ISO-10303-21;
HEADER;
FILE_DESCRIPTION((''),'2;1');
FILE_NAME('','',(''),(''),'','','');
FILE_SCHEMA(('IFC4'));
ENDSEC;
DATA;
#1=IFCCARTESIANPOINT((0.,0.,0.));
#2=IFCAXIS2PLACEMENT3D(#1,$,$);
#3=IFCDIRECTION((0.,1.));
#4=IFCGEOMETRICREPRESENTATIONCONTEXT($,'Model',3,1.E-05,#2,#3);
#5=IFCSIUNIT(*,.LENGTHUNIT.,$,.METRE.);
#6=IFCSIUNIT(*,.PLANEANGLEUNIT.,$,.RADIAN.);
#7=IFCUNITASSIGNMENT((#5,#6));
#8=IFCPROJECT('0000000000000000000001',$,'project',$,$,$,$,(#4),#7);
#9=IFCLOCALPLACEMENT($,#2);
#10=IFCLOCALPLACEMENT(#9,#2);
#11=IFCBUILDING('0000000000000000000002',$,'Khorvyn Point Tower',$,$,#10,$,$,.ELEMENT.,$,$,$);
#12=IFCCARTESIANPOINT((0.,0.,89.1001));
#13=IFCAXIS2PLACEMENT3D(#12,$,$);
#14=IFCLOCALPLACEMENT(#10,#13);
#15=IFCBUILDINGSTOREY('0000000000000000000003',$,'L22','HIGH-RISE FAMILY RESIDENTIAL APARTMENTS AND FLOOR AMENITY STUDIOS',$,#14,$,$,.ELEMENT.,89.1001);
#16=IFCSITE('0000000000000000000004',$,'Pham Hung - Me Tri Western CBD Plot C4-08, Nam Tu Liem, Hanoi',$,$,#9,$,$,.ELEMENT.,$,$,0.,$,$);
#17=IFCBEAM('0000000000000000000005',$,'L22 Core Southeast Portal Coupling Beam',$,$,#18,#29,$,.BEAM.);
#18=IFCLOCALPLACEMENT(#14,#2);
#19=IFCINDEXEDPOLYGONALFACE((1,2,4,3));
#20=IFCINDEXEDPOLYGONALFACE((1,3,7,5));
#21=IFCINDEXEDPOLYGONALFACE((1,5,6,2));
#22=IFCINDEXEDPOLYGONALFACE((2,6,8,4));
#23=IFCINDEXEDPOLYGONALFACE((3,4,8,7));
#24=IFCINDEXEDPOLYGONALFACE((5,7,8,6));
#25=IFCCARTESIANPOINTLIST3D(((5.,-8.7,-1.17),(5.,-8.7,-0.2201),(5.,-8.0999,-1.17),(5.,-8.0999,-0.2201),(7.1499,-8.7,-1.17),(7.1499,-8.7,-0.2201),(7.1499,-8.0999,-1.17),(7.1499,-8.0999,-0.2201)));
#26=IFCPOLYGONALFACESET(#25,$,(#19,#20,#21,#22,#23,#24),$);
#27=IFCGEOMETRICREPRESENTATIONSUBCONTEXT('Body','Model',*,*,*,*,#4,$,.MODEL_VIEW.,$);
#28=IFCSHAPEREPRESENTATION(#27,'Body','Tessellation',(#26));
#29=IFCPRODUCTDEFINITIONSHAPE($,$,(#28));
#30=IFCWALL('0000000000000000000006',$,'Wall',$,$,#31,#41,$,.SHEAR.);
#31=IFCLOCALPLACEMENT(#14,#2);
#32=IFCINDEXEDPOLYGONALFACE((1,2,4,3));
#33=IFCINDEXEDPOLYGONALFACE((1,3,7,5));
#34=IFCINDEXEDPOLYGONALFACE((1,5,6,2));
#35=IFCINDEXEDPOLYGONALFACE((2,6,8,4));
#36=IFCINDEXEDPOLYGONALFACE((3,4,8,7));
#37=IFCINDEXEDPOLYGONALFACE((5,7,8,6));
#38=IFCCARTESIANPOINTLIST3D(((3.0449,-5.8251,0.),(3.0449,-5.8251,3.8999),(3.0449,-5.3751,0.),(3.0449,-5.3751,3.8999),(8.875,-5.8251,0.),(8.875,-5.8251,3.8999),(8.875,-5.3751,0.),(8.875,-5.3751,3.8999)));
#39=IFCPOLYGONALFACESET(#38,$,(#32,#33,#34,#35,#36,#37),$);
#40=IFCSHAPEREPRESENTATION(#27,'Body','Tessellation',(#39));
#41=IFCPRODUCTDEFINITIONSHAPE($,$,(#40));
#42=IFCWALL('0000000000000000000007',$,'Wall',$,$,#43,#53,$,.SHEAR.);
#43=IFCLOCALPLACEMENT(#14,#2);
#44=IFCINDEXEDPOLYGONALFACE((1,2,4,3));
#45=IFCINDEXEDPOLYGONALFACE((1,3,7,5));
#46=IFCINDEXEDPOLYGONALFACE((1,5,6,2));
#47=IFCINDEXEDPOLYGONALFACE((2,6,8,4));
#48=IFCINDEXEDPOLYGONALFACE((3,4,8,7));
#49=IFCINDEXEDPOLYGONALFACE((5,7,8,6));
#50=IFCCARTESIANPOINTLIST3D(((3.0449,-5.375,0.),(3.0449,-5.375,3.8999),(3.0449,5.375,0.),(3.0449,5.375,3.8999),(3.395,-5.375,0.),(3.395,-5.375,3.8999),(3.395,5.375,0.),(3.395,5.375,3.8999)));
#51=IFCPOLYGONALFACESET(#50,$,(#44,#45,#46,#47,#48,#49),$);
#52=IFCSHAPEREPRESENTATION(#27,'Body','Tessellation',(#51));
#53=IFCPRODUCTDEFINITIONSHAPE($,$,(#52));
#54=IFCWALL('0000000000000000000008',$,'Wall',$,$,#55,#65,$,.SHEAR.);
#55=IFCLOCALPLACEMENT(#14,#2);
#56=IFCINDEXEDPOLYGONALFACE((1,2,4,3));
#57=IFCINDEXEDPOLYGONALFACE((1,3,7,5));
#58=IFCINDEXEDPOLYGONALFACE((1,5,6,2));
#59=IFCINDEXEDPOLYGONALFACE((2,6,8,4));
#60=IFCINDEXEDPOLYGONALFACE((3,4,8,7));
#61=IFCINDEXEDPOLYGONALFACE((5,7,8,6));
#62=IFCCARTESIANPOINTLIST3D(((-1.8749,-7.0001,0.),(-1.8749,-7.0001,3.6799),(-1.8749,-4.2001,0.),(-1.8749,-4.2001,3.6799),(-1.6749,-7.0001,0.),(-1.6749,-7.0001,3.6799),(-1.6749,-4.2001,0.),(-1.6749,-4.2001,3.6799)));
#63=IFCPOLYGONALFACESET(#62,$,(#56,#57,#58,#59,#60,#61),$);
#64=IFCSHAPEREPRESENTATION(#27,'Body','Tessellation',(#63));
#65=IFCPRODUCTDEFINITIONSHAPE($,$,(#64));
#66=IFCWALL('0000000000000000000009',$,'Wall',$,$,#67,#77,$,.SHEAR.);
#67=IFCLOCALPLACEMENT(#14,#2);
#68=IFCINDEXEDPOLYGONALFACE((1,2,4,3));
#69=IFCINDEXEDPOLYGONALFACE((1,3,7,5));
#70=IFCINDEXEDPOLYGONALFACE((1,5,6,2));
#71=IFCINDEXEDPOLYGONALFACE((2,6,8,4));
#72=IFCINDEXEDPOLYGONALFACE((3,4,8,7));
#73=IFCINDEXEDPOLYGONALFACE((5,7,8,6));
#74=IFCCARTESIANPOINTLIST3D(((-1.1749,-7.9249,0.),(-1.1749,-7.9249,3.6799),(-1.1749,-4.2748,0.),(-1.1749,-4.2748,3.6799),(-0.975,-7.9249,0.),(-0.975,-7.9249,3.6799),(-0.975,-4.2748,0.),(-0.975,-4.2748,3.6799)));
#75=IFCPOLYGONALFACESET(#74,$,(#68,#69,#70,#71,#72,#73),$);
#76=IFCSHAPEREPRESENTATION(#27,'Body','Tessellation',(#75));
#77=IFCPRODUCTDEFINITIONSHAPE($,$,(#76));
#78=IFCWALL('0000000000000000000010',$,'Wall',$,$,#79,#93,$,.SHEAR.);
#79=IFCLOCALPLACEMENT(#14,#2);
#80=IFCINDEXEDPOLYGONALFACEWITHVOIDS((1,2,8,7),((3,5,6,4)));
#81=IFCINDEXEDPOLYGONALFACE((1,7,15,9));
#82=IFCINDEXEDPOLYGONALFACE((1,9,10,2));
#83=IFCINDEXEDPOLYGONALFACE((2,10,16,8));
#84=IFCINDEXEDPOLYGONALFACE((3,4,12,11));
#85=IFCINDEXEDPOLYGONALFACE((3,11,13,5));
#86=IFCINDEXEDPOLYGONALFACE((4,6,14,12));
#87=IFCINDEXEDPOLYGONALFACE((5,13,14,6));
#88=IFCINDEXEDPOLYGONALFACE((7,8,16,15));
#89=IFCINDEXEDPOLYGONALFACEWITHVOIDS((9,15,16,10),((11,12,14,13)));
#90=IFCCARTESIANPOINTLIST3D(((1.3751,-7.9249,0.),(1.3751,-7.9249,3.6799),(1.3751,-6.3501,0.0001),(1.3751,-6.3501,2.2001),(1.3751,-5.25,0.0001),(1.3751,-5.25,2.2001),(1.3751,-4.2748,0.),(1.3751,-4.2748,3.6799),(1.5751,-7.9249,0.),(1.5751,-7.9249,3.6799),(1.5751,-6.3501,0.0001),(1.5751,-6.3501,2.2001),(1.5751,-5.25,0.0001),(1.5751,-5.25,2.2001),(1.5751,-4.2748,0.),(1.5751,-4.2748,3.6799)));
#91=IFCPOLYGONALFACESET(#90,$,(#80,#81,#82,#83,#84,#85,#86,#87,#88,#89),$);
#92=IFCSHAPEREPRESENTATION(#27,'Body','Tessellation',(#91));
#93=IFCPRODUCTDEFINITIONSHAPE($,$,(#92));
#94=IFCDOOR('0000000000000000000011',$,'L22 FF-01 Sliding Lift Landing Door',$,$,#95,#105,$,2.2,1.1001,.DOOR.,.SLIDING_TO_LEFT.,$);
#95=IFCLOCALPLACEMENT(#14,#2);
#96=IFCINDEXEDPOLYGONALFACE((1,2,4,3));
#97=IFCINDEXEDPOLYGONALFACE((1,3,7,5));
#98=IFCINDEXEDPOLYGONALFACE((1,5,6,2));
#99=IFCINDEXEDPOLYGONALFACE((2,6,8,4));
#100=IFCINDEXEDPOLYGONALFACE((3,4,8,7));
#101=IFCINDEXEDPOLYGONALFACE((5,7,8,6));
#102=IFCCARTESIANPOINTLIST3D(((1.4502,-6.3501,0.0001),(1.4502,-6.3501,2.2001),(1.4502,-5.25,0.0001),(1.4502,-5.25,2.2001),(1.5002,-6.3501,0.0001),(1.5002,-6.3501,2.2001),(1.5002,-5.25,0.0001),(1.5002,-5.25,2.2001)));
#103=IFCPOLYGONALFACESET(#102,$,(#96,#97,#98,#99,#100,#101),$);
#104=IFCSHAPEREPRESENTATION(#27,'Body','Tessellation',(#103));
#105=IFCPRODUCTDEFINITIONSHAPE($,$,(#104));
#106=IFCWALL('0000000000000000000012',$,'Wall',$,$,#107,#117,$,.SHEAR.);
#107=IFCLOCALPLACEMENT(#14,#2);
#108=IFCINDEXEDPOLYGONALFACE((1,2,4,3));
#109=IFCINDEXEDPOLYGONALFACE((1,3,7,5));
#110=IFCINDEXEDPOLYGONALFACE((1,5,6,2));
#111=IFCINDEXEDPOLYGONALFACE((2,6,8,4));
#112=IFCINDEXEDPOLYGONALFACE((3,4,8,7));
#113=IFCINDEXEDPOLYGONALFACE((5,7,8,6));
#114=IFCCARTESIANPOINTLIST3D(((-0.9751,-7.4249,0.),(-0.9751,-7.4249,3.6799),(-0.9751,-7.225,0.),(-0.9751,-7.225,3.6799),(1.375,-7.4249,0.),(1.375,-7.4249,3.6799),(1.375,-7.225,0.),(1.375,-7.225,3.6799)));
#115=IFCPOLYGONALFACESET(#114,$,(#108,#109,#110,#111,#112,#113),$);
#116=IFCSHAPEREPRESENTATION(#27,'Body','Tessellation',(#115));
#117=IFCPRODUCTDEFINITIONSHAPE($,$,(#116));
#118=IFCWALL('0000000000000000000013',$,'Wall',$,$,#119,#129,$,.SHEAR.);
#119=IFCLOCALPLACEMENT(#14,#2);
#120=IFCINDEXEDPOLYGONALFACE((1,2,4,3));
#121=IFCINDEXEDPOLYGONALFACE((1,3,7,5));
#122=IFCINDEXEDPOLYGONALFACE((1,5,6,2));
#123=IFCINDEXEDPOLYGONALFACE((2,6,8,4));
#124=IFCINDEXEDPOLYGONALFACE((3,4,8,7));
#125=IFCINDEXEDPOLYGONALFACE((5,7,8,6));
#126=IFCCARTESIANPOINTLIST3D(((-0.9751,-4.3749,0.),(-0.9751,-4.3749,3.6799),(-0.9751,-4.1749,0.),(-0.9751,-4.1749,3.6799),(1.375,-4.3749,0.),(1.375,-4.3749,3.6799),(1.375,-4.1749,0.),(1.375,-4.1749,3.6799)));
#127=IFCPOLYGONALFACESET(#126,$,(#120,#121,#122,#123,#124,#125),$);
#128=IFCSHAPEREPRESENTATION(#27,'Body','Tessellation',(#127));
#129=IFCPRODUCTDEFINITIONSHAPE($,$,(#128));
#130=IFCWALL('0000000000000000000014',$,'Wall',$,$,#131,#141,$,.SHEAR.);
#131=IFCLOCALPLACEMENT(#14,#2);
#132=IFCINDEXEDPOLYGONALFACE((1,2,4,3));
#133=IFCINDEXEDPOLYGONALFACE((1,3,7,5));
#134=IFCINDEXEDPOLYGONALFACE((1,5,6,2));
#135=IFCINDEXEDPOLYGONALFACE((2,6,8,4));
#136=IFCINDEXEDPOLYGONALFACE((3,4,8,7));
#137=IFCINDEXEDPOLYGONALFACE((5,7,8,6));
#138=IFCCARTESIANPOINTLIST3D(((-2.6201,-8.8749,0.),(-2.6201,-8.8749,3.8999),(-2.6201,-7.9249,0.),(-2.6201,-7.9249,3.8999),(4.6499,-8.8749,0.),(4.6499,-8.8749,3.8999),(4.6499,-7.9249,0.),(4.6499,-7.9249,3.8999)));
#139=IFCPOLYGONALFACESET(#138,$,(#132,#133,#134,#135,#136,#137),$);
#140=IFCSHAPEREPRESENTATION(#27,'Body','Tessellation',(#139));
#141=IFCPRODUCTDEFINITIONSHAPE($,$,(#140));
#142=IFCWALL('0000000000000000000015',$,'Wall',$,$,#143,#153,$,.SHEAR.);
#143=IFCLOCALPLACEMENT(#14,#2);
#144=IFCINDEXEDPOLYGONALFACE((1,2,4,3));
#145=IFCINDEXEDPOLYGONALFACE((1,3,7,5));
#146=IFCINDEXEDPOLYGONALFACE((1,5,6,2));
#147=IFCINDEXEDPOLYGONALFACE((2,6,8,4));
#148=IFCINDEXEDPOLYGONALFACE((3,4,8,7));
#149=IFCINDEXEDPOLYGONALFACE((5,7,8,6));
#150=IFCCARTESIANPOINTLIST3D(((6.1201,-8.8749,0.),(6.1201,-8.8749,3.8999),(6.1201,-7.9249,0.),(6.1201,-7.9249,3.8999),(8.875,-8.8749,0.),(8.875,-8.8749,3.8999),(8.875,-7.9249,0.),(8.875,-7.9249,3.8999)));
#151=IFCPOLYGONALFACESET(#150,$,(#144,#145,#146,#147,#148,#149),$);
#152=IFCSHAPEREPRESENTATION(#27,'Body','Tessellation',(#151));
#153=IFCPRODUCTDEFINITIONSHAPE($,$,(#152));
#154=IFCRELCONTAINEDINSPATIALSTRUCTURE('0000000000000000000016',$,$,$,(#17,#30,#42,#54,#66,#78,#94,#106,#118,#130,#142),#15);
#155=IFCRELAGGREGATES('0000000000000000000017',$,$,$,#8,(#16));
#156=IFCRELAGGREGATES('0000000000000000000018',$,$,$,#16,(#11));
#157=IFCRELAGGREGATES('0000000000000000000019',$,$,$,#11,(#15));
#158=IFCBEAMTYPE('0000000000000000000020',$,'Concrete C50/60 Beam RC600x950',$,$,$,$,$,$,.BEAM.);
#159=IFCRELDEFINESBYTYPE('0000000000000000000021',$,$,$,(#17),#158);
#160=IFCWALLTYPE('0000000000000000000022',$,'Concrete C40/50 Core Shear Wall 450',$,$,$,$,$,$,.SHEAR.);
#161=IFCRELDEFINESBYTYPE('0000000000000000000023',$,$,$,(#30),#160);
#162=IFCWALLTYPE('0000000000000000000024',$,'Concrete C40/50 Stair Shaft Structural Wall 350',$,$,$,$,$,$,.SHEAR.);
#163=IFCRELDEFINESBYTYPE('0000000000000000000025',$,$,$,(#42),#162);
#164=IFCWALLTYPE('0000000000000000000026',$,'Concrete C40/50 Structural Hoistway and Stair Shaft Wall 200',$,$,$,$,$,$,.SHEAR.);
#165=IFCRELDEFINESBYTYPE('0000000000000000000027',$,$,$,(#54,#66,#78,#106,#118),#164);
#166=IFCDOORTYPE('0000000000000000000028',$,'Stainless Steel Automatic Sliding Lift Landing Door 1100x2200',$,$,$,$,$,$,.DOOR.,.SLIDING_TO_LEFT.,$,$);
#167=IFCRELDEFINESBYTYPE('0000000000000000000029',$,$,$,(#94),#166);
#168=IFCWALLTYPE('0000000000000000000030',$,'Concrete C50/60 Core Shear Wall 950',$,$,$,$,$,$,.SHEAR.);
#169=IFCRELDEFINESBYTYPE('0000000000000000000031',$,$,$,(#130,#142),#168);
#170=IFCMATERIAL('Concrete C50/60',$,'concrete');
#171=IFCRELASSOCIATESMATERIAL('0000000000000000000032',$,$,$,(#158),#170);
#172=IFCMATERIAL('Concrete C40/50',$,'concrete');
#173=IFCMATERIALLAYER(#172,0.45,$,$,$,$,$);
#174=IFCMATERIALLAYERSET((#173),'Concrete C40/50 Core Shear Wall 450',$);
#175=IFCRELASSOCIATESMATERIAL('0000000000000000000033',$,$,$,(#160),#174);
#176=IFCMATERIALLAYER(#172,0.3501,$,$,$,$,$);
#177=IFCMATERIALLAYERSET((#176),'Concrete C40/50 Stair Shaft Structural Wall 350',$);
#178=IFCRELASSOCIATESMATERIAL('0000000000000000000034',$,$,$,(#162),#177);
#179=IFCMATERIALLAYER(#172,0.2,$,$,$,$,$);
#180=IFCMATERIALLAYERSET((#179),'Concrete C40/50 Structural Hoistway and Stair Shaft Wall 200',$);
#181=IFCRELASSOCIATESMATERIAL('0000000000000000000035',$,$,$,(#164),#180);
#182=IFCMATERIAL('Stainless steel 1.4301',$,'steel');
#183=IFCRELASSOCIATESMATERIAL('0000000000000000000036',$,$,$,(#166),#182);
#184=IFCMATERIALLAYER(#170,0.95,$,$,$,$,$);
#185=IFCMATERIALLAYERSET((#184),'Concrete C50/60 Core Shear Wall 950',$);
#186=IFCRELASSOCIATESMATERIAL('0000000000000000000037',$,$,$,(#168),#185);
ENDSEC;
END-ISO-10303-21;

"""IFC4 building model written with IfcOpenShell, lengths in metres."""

from ifc_helpers import new_model, si_unit, direction, frame, frame_2d, origin, origin_2d, place, context, subcontext, project, spatial, rectangle, extrude, material, layer, layer_set, material_profile, profile_set, type_object, element, fill, save


model = new_model("IFC4")

# Units and contexts
model_context = context("Model", 3, precision=1e-05, world=origin(), true_north=direction((0.0, 1.0)))
body_context = subcontext(model_context, "Body", "Model", "MODEL_VIEW")
ifc_project = project(units=[si_unit("LENGTHUNIT", "METRE"), si_unit("PLANEANGLEUNIT", "RADIAN")], contexts=[model_context])

# Site, building, storey
site_placement = place(None, origin())
site = spatial("IfcSite", under=ifc_project, at=site_placement, Name="Pham Hung - Me Tri Western CBD Plot C4-08, Nam Tu Liem, Hanoi", CompositionType="ELEMENT", RefElevation=0.0)
building_placement = place(site_placement, origin())
building = spatial("IfcBuilding", under=site, at=building_placement, Name="Khorvyn Point Tower", CompositionType="ELEMENT")
storey_placement = place(building_placement, frame((0.0, 0.0, 89.1001)))
storey = spatial("IfcBuildingStorey", under=building, at=storey_placement, Name="L22", Description="HIGH-RISE FAMILY RESIDENTIAL APARTMENTS AND FLOOR AMENITY STUDIOS", CompositionType="ELEMENT", Elevation=89.1001)

# Beam
ifc_material_1 = material(Name="Concrete C50/60", Category="concrete")
ifc_material_profile = material_profile(ifc_material_1, rectangle(XDim=0.6001, YDim=0.95, at=origin_2d()))
ifc_profile_set = profile_set([ifc_material_profile], Name="Concrete C50/60 RC600x950")
beam_type = type_object("IfcBeamType", Name="Concrete C50/60 Beam RC600x950", PredefinedType="BEAM", material=ifc_profile_set)
beam_placement = place(storey_placement, frame((5.0, -8.3999, -0.6951), z_axis=(1.0, 0.0, 0.0), x_axis=(0.0, 1.0, 0.0)))
element("IfcBeam", 1, at=beam_placement, inside=storey, type_object=beam_type, Name="L22 Core Southeast Portal Coupling Beam", PredefinedType="BEAM", context=body_context, shape_type="SweptSolid", body=[
    extrude(rectangle(XDim=0.6001, YDim=0.95, at=origin_2d()), origin(), (0.0, 0.0, 1.0), 2.1499),
])

# Wall
ifc_material_2 = material(Name="Concrete C40/50", Category="concrete")
ifc_layer_1 = layer(ifc_material_2, 0.45)
ifc_layer_set_1 = layer_set([ifc_layer_1], Name="Concrete C40/50 Core Shear Wall 450")
wall_type_1 = type_object("IfcWallType", Name="Concrete C40/50 Core Shear Wall 450", PredefinedType="SHEAR", material=ifc_layer_set_1)
wall_1_placement = place(storey_placement, frame((3.0449, -5.6001, 0.0), z_axis=(0.0, 0.0, 1.0), x_axis=(1.0, 0.0, 0.0)))
element("IfcWall", 2, at=wall_1_placement, inside=storey, type_object=wall_type_1, Name="Wall", PredefinedType="SHEAR", context=body_context, shape_type="SweptSolid", body=[
    extrude(rectangle(XDim=5.8301, YDim=0.45, at=frame_2d((2.915, 0.0))), origin(), (0.0, 0.0, 1.0), 3.8999),
])

# Wall
ifc_layer_2 = layer(ifc_material_2, 0.3501)
ifc_layer_set_2 = layer_set([ifc_layer_2], Name="Concrete C40/50 Stair Shaft Structural Wall 350")
wall_type_2 = type_object("IfcWallType", Name="Concrete C40/50 Stair Shaft Structural Wall 350", PredefinedType="SHEAR", material=ifc_layer_set_2)
wall_2_placement = place(storey_placement, frame((3.22, -5.375, 0.0), z_axis=(0.0, 0.0, 1.0), x_axis=(0.0, 1.0, 0.0)))
element("IfcWall", 3, at=wall_2_placement, inside=storey, type_object=wall_type_2, Name="Wall", PredefinedType="SHEAR", context=body_context, shape_type="SweptSolid", body=[
    extrude(rectangle(XDim=10.75, YDim=0.3501, at=frame_2d((5.375, 0.0))), origin(), (0.0, 0.0, 1.0), 3.8999),
])

# Walls
ifc_layer_3 = layer(ifc_material_2, 0.2)
ifc_layer_set_3 = layer_set([ifc_layer_3], Name="Concrete C40/50 Structural Hoistway and Stair Shaft Wall 200")
wall_type_3 = type_object("IfcWallType", Name="Concrete C40/50 Structural Hoistway and Stair Shaft Wall 200", PredefinedType="SHEAR", material=ifc_layer_set_3)
wall_3_placement = place(storey_placement, frame((-1.7749, -7.0, 0.0), z_axis=(0.0, 0.0, 1.0), x_axis=(0.0, 1.0, 0.0)))
element("IfcWall", 4, at=wall_3_placement, inside=storey, type_object=wall_type_3, Name="Wall", PredefinedType="SHEAR", context=body_context, shape_type="SweptSolid", body=[
    extrude(rectangle(XDim=2.8, YDim=0.2, at=frame_2d((1.3999, 0.0))), origin(), (0.0, 0.0, 1.0), 3.6799),
])
wall_4_placement = place(storey_placement, frame((-1.075, -7.925, 0.0), z_axis=(0.0, 0.0, 1.0), x_axis=(0.0, 1.0, 0.0)))
element("IfcWall", 5, at=wall_4_placement, inside=storey, type_object=wall_type_3, Name="Wall", PredefinedType="SHEAR", context=body_context, shape_type="SweptSolid", body=[
    extrude(rectangle(XDim=3.6501, YDim=0.2, at=frame_2d((1.8252, 0.0))), origin(), (0.0, 0.0, 1.0), 3.6799),
])

# Wall, opening, door
wall_5_placement = place(storey_placement, frame((1.4751, -7.925, 0.0), z_axis=(0.0, 0.0, 1.0), x_axis=(0.0, 1.0, 0.0)))
wall_5 = element("IfcWall", 6, at=wall_5_placement, inside=storey, type_object=wall_type_3, Name="Wall", PredefinedType="SHEAR", context=body_context, shape_type="SweptSolid", body=[
    extrude(rectangle(XDim=3.6501, YDim=0.2, at=frame_2d((1.8252, 0.0))), origin(), (0.0, 0.0, 1.0), 3.6799),
])
opening_1_placement = place(wall_5_placement, frame((1.575, 0.0, 0.0)))
opening_1 = element("IfcOpeningElement", 7, at=opening_1_placement, cuts=wall_5, PredefinedType="OPENING", context=body_context, shape_type="SweptSolid", body=[
    extrude(rectangle(XDim=1.1001, YDim=2.2, at=frame_2d((0.55, 1.1001))), frame((0.0, 0.1099, 0.0), z_axis=(0.0, -1.0, 0.0), x_axis=(1.0, 0.0, 0.0)), (0.0, 0.0, 1.0), 0.22),
])
ifc_material_3 = material(Name="Stainless steel 1.4301", Category="steel")
door_type_1 = type_object("IfcDoorType", Name="Stainless Steel Automatic Sliding Lift Landing Door 1100x2200", OperationType="SLIDING_TO_LEFT", PredefinedType="DOOR", material=ifc_material_3)
door_1_placement = place(opening_1_placement, origin())
door_1 = element("IfcDoor", 8, at=door_1_placement, inside=storey, type_object=door_type_1, Name="L22 FF-01 Sliding Lift Landing Door", OperationType="SLIDING_TO_LEFT", OverallHeight=2.2, OverallWidth=1.1001, PredefinedType="DOOR", context=body_context, shape_type="SweptSolid", body=[
    extrude(rectangle(XDim=1.1001, YDim=2.2, at=frame_2d((0.55, 1.1001))), frame((0.0, 0.0249, 0.0), z_axis=(0.0, -1.0, 0.0), x_axis=(1.0, 0.0, 0.0)), (0.0, 0.0, 1.0), 0.05),
])
fill(opening_1, door_1)

# Walls
for number, where, z_axis, x_axis, name in (
    (9, (-0.9751, -7.325, 0.0), (0.0, 0.0, 1.0), (1.0, 0.0, 0.0), "Wall"),
    (10, (-0.9751, -4.2749, 0.0), (0.0, 0.0, 1.0), (1.0, 0.0, 0.0), "Wall"),
):
    element("IfcWall", number, at=place(storey_placement, frame(where, z_axis=z_axis, x_axis=x_axis)), inside=storey, type_object=wall_type_3, Name=name, PredefinedType="SHEAR", context=body_context, shape_type="SweptSolid", body=[
        extrude(rectangle(XDim=2.3501, YDim=0.2, at=frame_2d((1.175, 0.0))), origin(), (0.0, 0.0, 1.0), 3.6799),
    ])
ifc_layer_4 = layer(ifc_material_1, 0.95)
ifc_layer_set_4 = layer_set([ifc_layer_4], Name="Concrete C50/60 Core Shear Wall 950")
wall_type_4 = type_object("IfcWallType", Name="Concrete C50/60 Core Shear Wall 950", PredefinedType="SHEAR", material=ifc_layer_set_4)
wall_6_placement = place(storey_placement, frame((-2.6201, -8.3999, 0.0), z_axis=(0.0, 0.0, 1.0), x_axis=(1.0, 0.0, 0.0)))
element("IfcWall", 11, at=wall_6_placement, inside=storey, type_object=wall_type_4, Name="Wall", PredefinedType="SHEAR", context=body_context, shape_type="SweptSolid", body=[
    extrude(rectangle(XDim=7.27, YDim=0.95, at=frame_2d((3.635, 0.0))), origin(), (0.0, 0.0, 1.0), 3.8999),
])
wall_7_placement = place(storey_placement, frame((6.1201, -8.3999, 0.0), z_axis=(0.0, 0.0, 1.0), x_axis=(1.0, 0.0, 0.0)))
element("IfcWall", 12, at=wall_7_placement, inside=storey, type_object=wall_type_4, Name="Wall", PredefinedType="SHEAR", context=body_context, shape_type="SweptSolid", body=[
    extrude(rectangle(XDim=2.7549, YDim=0.95, at=frame_2d((1.3774, 0.0))), origin(), (0.0, 0.0, 1.0), 3.8999),
])

save(model, "model.ifc")
